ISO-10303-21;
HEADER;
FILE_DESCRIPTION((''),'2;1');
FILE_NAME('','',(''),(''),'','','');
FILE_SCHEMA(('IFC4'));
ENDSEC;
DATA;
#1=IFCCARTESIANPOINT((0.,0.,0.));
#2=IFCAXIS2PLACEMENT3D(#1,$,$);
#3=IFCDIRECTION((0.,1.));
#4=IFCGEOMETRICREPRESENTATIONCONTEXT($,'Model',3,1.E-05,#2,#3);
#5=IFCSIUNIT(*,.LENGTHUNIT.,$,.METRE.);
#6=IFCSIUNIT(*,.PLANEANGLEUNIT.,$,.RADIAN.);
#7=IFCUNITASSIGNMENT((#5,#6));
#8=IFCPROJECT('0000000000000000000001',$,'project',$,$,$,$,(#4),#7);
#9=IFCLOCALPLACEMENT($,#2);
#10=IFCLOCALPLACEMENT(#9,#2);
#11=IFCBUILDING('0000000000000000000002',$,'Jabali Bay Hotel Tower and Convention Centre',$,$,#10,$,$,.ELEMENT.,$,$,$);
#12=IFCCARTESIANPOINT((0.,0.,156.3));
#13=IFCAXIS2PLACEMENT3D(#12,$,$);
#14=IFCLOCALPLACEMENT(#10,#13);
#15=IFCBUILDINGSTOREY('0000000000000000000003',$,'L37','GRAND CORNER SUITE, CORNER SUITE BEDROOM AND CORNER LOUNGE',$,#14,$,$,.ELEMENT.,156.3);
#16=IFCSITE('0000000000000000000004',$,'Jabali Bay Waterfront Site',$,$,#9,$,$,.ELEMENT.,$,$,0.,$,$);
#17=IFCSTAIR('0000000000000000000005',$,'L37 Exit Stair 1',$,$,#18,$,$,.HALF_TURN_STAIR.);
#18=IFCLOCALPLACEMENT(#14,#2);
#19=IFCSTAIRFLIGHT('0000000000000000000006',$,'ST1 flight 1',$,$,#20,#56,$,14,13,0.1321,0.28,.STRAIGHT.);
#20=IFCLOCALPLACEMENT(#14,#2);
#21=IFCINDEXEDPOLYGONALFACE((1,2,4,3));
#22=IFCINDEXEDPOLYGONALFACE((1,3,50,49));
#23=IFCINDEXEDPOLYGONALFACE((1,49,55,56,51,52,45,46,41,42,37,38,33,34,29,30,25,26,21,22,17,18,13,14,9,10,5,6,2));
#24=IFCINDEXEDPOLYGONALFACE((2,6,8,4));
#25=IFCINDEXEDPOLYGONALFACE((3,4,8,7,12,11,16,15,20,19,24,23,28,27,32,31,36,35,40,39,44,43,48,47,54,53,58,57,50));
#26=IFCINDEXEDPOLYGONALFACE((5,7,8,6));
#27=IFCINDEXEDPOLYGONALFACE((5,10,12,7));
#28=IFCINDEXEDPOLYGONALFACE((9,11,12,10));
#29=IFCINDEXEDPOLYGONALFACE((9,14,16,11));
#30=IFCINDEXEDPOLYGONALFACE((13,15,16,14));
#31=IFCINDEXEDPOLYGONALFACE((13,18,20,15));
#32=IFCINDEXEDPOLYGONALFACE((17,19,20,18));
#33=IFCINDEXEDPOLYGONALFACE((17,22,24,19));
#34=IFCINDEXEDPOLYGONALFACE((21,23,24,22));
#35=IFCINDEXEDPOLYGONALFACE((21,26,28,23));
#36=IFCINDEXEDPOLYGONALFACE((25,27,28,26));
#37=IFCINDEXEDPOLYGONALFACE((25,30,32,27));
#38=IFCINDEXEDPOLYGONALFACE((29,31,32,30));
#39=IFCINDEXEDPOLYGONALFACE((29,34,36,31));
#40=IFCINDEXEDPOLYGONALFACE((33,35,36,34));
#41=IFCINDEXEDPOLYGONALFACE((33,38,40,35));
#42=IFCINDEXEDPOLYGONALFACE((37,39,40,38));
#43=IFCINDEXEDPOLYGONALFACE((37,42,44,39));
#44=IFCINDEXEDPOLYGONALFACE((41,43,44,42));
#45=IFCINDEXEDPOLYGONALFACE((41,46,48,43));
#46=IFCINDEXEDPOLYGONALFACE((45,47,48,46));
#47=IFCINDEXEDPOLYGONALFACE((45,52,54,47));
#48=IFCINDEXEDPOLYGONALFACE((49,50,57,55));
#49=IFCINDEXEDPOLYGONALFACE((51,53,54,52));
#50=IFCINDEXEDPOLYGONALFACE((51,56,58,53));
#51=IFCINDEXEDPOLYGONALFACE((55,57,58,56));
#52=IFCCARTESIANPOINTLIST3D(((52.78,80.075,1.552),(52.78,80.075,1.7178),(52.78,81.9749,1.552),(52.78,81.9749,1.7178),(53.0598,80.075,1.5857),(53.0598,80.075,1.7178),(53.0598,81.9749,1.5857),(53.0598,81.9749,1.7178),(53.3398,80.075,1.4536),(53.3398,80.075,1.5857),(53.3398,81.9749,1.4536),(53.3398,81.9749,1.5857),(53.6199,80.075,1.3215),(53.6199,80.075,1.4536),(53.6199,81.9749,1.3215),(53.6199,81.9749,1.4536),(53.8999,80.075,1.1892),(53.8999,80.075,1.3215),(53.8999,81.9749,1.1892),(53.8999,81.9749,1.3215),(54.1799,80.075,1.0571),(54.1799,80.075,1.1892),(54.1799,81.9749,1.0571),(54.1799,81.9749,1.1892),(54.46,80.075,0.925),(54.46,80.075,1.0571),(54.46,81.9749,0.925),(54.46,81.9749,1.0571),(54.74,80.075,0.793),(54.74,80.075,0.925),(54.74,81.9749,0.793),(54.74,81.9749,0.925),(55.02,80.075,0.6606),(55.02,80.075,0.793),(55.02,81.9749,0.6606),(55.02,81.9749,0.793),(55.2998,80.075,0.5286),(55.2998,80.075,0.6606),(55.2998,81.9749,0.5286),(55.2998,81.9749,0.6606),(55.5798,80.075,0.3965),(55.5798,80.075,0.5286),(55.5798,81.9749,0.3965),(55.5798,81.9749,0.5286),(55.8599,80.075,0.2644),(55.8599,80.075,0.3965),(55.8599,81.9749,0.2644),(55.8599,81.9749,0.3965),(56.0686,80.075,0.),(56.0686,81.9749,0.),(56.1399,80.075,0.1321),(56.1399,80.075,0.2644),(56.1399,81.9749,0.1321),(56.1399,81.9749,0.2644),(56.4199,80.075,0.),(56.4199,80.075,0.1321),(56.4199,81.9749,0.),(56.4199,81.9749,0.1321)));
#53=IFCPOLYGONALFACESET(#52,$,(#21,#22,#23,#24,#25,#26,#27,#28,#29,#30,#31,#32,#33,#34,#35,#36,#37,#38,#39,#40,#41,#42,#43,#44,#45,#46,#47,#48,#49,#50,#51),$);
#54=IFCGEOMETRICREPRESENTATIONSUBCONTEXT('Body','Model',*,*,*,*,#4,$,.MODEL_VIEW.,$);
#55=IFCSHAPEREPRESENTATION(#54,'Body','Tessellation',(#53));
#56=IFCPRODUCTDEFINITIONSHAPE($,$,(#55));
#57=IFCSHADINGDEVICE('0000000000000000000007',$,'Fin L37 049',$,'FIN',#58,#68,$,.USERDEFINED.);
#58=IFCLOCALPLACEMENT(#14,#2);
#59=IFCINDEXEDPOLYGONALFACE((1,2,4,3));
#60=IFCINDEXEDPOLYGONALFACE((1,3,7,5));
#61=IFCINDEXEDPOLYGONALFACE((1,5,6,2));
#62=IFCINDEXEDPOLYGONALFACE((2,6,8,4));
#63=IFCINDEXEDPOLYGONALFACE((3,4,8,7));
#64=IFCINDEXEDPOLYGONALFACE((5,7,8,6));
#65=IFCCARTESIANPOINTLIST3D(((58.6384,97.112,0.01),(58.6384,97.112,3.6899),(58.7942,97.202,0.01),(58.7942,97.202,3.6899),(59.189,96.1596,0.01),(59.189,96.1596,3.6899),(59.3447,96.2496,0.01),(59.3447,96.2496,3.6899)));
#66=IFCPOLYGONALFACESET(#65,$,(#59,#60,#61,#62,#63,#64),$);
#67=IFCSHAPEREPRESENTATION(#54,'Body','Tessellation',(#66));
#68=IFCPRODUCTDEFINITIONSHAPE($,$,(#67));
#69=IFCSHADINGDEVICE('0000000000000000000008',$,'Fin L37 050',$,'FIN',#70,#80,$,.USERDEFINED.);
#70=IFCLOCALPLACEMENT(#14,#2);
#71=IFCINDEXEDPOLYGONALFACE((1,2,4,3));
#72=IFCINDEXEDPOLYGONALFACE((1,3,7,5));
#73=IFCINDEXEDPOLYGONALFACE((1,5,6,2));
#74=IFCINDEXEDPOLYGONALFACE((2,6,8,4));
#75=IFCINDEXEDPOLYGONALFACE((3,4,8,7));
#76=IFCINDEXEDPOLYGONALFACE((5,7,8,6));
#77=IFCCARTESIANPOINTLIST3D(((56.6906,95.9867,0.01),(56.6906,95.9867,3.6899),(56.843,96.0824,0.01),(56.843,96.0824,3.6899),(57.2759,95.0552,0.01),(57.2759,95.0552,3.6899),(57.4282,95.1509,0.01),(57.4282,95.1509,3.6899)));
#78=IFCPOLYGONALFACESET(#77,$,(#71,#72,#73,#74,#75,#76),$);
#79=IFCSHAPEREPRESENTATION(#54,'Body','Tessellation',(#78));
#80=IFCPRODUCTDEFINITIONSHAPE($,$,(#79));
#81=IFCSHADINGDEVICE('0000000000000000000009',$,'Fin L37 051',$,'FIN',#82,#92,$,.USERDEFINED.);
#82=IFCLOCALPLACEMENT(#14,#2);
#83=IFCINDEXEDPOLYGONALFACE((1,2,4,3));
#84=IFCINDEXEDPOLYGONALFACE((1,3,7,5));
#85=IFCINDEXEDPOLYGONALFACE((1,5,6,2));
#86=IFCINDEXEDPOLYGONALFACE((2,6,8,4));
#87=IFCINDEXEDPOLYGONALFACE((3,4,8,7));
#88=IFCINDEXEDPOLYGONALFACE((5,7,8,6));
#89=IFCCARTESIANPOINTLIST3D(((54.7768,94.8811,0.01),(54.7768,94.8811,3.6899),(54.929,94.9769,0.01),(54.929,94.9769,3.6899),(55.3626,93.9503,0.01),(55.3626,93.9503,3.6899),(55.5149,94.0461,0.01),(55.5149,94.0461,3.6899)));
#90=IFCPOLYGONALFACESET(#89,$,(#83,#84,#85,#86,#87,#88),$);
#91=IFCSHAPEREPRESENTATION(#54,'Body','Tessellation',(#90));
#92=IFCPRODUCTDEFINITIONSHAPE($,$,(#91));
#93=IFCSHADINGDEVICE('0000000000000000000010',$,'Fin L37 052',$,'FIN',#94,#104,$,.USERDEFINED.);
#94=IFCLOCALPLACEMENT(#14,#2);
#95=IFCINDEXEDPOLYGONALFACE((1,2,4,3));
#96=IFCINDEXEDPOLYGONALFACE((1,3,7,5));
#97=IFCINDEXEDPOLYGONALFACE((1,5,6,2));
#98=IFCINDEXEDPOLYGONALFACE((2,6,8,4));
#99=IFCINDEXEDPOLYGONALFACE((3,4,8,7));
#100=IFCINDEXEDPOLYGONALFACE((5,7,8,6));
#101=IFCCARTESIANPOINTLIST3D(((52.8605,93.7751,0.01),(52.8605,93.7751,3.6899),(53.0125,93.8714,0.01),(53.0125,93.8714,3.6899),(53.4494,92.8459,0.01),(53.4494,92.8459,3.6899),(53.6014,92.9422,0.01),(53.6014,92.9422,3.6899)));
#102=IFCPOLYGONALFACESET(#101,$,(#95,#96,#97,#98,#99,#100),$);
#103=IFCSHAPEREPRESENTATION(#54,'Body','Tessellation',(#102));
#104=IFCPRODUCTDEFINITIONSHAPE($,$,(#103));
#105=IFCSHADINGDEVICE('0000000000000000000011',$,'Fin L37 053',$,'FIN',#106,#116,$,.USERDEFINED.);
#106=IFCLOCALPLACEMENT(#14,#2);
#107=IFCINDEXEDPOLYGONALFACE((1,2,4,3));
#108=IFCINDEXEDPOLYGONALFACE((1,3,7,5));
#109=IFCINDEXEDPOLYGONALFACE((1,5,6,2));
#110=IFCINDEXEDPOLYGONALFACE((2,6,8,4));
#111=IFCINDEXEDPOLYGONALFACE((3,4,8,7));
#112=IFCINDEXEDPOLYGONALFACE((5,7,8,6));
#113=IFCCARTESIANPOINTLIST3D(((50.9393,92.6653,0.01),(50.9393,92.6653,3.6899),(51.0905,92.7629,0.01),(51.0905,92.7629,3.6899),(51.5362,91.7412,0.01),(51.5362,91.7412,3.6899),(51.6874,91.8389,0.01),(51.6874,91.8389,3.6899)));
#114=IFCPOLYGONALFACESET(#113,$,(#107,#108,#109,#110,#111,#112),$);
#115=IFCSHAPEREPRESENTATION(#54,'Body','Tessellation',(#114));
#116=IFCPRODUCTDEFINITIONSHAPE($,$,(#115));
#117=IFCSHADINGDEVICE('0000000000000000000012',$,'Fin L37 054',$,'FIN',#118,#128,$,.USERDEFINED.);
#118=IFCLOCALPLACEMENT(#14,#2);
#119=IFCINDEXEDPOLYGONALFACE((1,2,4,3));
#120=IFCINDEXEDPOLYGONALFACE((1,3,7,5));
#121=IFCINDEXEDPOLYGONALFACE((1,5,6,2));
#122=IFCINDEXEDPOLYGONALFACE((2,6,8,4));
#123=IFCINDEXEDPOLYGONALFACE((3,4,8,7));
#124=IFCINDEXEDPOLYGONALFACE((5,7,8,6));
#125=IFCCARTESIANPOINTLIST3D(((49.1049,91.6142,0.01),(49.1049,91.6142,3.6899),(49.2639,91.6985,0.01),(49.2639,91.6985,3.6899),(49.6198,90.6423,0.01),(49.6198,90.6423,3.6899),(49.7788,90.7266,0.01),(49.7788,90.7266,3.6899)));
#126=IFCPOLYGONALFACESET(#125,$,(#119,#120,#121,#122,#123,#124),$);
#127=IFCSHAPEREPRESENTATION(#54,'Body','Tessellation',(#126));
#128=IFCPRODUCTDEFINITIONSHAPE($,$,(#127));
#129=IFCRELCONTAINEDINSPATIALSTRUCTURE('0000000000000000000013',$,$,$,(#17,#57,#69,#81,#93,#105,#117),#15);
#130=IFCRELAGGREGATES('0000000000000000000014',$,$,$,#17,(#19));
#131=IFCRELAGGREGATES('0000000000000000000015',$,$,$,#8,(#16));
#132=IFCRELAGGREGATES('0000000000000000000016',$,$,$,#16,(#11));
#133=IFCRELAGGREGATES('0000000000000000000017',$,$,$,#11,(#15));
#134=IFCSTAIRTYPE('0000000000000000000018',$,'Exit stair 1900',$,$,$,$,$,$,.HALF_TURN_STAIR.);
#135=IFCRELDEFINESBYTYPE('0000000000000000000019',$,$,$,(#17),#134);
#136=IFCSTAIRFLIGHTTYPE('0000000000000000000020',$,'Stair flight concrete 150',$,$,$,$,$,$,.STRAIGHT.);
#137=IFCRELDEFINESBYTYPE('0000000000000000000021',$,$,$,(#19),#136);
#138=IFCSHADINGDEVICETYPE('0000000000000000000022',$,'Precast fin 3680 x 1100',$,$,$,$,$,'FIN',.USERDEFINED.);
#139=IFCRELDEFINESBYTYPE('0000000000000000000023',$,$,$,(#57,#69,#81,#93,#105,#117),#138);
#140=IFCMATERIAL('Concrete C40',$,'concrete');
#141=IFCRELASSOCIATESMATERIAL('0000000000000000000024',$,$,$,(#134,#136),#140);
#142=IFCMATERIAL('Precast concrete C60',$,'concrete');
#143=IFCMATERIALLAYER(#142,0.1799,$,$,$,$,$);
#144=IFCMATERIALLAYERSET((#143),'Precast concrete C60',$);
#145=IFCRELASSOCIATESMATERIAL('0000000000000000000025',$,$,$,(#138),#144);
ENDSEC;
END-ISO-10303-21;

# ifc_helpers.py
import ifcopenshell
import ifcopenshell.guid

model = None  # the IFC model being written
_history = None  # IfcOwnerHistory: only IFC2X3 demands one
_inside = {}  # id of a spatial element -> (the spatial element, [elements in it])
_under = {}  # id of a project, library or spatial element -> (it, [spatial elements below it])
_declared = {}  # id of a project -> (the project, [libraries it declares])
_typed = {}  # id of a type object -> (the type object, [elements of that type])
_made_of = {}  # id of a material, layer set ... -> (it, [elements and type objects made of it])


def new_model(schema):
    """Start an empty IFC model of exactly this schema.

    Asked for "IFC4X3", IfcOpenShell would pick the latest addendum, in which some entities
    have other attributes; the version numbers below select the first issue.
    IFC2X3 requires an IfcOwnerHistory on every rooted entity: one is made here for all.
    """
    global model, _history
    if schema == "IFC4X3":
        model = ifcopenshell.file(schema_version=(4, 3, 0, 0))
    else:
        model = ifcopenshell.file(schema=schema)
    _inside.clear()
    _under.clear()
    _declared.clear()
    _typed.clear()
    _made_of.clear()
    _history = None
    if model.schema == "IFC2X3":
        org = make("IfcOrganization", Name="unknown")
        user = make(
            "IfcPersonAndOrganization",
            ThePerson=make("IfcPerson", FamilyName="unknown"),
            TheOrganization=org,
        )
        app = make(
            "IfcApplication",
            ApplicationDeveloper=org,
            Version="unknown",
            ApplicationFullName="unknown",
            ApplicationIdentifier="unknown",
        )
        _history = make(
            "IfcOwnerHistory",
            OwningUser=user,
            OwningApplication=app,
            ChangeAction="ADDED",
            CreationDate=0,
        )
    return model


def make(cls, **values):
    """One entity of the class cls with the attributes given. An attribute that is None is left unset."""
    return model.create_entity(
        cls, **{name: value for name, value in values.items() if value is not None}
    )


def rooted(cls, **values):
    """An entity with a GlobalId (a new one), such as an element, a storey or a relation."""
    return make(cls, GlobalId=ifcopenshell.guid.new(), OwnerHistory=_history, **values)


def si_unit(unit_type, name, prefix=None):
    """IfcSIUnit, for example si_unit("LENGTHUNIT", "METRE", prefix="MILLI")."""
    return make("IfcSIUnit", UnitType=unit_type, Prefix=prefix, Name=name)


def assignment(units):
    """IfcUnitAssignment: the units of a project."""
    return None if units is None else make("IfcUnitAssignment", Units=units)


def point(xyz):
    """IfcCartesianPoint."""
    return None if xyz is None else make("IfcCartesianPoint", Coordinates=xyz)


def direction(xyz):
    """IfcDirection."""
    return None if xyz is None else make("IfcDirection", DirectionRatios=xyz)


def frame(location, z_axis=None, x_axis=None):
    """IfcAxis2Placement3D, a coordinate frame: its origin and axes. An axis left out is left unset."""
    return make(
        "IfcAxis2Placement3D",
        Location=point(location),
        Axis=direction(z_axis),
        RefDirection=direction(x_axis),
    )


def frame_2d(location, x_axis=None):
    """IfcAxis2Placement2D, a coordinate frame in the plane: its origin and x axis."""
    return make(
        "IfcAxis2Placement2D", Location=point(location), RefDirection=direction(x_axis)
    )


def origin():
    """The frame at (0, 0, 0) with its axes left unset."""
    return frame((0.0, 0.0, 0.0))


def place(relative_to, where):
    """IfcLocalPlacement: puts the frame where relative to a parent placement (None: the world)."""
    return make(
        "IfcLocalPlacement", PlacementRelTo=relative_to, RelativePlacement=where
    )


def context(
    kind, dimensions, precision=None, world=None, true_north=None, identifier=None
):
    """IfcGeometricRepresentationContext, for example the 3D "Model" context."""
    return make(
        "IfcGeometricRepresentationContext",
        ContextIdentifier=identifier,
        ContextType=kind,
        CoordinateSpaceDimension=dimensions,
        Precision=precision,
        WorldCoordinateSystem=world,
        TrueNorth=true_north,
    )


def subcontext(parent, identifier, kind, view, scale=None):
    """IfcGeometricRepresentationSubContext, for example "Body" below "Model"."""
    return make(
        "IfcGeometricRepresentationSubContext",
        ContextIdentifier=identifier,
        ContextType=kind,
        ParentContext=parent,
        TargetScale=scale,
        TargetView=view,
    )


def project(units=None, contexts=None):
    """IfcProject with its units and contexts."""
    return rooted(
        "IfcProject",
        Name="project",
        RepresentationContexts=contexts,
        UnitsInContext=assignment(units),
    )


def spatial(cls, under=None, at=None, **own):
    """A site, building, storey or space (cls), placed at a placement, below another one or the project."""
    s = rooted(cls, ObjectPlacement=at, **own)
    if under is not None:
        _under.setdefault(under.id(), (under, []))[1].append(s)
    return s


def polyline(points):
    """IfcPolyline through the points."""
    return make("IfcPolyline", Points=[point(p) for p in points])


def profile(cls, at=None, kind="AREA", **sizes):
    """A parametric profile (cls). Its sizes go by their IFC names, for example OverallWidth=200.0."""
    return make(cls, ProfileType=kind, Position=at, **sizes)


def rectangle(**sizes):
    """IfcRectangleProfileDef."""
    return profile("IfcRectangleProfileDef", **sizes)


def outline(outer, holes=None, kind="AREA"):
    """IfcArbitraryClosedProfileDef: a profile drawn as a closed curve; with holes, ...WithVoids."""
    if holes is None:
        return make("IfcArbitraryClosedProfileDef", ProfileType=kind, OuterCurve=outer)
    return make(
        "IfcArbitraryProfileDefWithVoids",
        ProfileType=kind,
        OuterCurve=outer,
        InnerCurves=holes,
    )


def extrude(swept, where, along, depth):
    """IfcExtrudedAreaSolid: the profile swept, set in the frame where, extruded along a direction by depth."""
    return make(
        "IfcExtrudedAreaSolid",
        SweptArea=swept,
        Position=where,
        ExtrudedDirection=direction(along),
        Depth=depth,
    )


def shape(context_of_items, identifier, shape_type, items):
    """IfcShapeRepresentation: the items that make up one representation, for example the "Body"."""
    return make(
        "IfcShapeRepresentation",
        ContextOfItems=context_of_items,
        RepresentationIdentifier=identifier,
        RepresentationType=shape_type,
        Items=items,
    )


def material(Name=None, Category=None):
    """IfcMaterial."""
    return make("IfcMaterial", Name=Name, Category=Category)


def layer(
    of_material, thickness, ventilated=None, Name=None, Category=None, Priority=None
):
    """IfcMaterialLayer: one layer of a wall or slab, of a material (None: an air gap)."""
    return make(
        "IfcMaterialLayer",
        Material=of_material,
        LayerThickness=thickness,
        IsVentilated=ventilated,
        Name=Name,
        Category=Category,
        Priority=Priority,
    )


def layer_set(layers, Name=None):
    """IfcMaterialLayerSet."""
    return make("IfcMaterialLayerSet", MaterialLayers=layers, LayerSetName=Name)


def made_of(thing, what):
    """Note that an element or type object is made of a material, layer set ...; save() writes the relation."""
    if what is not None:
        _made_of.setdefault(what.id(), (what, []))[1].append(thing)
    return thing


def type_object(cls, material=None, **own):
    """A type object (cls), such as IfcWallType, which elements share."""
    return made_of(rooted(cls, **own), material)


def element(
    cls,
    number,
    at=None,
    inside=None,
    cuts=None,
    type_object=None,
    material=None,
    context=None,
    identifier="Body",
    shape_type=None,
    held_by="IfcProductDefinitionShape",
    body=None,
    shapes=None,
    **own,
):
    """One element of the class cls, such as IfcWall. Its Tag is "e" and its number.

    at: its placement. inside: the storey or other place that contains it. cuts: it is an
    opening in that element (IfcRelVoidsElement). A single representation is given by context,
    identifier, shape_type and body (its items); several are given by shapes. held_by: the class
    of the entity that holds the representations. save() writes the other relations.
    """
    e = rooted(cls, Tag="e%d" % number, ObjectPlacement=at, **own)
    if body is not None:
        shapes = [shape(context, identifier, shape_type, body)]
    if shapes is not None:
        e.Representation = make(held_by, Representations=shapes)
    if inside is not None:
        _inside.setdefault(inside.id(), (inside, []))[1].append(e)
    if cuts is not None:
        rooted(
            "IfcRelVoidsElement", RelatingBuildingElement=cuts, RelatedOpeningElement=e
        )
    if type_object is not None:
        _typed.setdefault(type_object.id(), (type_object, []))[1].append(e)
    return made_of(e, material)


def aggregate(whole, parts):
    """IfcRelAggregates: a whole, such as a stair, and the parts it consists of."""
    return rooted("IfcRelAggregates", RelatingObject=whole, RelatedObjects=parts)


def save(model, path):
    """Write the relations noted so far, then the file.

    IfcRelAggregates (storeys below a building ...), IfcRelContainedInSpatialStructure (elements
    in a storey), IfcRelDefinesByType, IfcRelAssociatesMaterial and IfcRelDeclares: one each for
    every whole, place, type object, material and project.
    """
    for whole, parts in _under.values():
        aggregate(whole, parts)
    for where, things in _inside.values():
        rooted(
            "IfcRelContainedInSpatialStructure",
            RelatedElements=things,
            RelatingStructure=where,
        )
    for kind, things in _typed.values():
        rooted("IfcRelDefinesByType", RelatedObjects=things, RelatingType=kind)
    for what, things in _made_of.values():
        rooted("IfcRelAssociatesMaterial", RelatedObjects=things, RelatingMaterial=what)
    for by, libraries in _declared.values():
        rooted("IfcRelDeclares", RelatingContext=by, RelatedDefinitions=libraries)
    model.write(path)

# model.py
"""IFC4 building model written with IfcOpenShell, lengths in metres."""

from ifc_helpers import new_model, si_unit, direction, frame, frame_2d, origin, place, context, subcontext, project, spatial, polyline, rectangle, outline, extrude, material, layer, layer_set, type_object, element, aggregate, save


model = new_model("IFC4")

# Units and contexts
model_context = context("Model", 3, precision=1e-05, world=origin(), true_north=direction((0.0, 1.0)))
body_context = subcontext(model_context, "Body", "Model", "MODEL_VIEW")
ifc_project = project(units=[si_unit("LENGTHUNIT", "METRE"), si_unit("PLANEANGLEUNIT", "RADIAN")], contexts=[model_context])

# Site, building, storey
site_placement = place(None, origin())
site = spatial("IfcSite", under=ifc_project, at=site_placement, Name="Jabali Bay Waterfront Site", CompositionType="ELEMENT", RefElevation=0.0)
building_placement = place(site_placement, origin())
building = spatial("IfcBuilding", under=site, at=building_placement, Name="Jabali Bay Hotel Tower and Convention Centre", CompositionType="ELEMENT")
storey_placement = place(building_placement, frame((0.0, 0.0, 156.3)))
storey = spatial("IfcBuildingStorey", under=building, at=storey_placement, Name="L37", Description="GRAND CORNER SUITE, CORNER SUITE BEDROOM AND CORNER LOUNGE", CompositionType="ELEMENT", Elevation=156.3)

# Shared definitions
ifc_material_1 = material(Name="Concrete C40", Category="concrete")

# Stair, stair flight
stair_type = type_object("IfcStairType", Name="Exit stair 1900", PredefinedType="HALF_TURN_STAIR", material=ifc_material_1)
stair_placement = place(storey_placement, origin())
stair = element("IfcStair", 1, at=stair_placement, inside=storey, type_object=stair_type, Name="L37 Exit Stair 1", PredefinedType="HALF_TURN_STAIR")
stair_flight_type = type_object("IfcStairFlightType", Name="Stair flight concrete 150", PredefinedType="STRAIGHT", material=ifc_material_1)
stair_flight_placement = place(storey_placement, frame((56.4199, 81.0249, 0.0), z_axis=(0.0, 0.0, 1.0), x_axis=(-1.0, 0.0, 0.0)))
stair_flight = element("IfcStairFlight", 2, at=stair_flight_placement, type_object=stair_flight_type, Name="ST1 flight 1", NumberOfRisers=14, NumberOfTreads=13, PredefinedType="STRAIGHT", RiserHeight=0.1321, TreadLength=0.28, context=body_context, shape_type="SweptSolid", body=[
    extrude(outline(polyline([(0.0, 0.0), (0.0, 0.1321), (0.28, 0.1321), (0.28, 0.2644), (0.5601, 0.2644), (0.5601, 0.3965), (0.8401, 0.3965), (0.8401, 0.5286), (1.1201, 0.5286), (1.1201, 0.6606), (1.3999, 0.6606), (1.3999, 0.793), (1.6799, 0.793), (1.6799, 0.925), (1.96, 0.925), (1.96, 1.0571), (2.24, 1.0571), (2.24, 1.1892), (2.52, 1.1892), (2.52, 1.3215), (2.8, 1.3215), (2.8, 1.4536), (3.0801, 1.4536), (3.0801, 1.5857), (3.3601, 1.5857), (3.3601, 1.7178), (3.6399, 1.7178), (3.6399, 1.8501), (3.6399, 1.552), (0.3513, 0.0), (0.0, 0.0)])), frame((0.0, 0.95, 0.0), z_axis=(0.0, -1.0, 0.0), x_axis=(1.0, 0.0, 0.0)), (0.0, 0.0, 1.0), 1.8999),
])
aggregate(stair, [stair_flight])

# Shading devices
ifc_material_2 = material(Name="Precast concrete C60", Category="concrete")
ifc_layer_1 = layer(ifc_material_2, 0.1799)
ifc_layer_set_1 = layer_set([ifc_layer_1], Name="Precast concrete C60")
shading_device_type = type_object("IfcShadingDeviceType", Name="Precast fin 3680 x 1100", ElementType="FIN", PredefinedType="USERDEFINED", material=ifc_layer_set_1)
for number, where, z_axis, x_axis, name in (
    (3, (59.2668, 96.2046, 0.01), (0.0, 0.0, 1.0), (-0.500459, 0.86576, 0.0), "Fin L37 049"),
    (4, (57.3521, 95.103, 0.01), (0.0, 0.0, 1.0), (-0.532012, 0.846737, 0.0), "Fin L37 050"),
):
    element("IfcShadingDevice", number, at=place(storey_placement, frame(where, z_axis=z_axis, x_axis=x_axis)), inside=storey, type_object=shading_device_type, Name=name, ObjectType="FIN", PredefinedType="USERDEFINED", context=body_context, shape_type="SweptSolid", body=[
        extrude(rectangle(XDim=1.1001, YDim=0.1799, at=frame_2d((0.55, 0.0))), origin(), (0.0, 0.0, 1.0), 3.6799),
    ])
shading_device_1_placement = place(storey_placement, frame((55.4387, 93.9983, 0.01), z_axis=(0.0, 0.0, 1.0), x_axis=(-0.53269, 0.846311, 0.0)))
element("IfcShadingDevice", 5, at=shading_device_1_placement, inside=storey, type_object=shading_device_type, Name="Fin L37 051", ObjectType="FIN", PredefinedType="USERDEFINED", context=body_context, shape_type="SweptSolid", body=[
    extrude(rectangle(XDim=1.0999, YDim=0.1799, at=frame_2d((0.5498, 0.0))), origin(), (0.0, 0.0, 1.0), 3.6799),
])
for number, where, z_axis, x_axis, name in (
    (6, (53.5254, 92.894, 0.01), (0.0, 0.0, 1.0), (-0.535295, 0.844665, 0.0), "Fin L37 052"),
    (7, (51.6118, 91.79, 0.01), (0.0, 0.0, 1.0), (-0.542607, 0.839987, 0.0), "Fin L37 053"),
):
    element("IfcShadingDevice", number, at=place(storey_placement, frame(where, z_axis=z_axis, x_axis=x_axis)), inside=storey, type_object=shading_device_type, Name=name, ObjectType="FIN", PredefinedType="USERDEFINED", context=body_context, shape_type="SweptSolid", body=[
        extrude(rectangle(XDim=1.1001, YDim=0.1799, at=frame_2d((0.55, 0.0))), origin(), (0.0, 0.0, 1.0), 3.6799),
    ])
shading_device_2_placement = place(storey_placement, frame((49.6992, 90.6846, 0.01), z_axis=(0.0, 0.0, 1.0), x_axis=(-0.468132, 0.883658, 0.0)))
element("IfcShadingDevice", 8, at=shading_device_2_placement, inside=storey, type_object=shading_device_type, Name="Fin L37 054", ObjectType="FIN", PredefinedType="USERDEFINED", context=body_context, shape_type="SweptSolid", body=[
    extrude(rectangle(XDim=1.0999, YDim=0.1799, at=frame_2d((0.5498, 0.0))), origin(), (0.0, 0.0, 1.0), 3.6799),
])

save(model, "model.ifc")
